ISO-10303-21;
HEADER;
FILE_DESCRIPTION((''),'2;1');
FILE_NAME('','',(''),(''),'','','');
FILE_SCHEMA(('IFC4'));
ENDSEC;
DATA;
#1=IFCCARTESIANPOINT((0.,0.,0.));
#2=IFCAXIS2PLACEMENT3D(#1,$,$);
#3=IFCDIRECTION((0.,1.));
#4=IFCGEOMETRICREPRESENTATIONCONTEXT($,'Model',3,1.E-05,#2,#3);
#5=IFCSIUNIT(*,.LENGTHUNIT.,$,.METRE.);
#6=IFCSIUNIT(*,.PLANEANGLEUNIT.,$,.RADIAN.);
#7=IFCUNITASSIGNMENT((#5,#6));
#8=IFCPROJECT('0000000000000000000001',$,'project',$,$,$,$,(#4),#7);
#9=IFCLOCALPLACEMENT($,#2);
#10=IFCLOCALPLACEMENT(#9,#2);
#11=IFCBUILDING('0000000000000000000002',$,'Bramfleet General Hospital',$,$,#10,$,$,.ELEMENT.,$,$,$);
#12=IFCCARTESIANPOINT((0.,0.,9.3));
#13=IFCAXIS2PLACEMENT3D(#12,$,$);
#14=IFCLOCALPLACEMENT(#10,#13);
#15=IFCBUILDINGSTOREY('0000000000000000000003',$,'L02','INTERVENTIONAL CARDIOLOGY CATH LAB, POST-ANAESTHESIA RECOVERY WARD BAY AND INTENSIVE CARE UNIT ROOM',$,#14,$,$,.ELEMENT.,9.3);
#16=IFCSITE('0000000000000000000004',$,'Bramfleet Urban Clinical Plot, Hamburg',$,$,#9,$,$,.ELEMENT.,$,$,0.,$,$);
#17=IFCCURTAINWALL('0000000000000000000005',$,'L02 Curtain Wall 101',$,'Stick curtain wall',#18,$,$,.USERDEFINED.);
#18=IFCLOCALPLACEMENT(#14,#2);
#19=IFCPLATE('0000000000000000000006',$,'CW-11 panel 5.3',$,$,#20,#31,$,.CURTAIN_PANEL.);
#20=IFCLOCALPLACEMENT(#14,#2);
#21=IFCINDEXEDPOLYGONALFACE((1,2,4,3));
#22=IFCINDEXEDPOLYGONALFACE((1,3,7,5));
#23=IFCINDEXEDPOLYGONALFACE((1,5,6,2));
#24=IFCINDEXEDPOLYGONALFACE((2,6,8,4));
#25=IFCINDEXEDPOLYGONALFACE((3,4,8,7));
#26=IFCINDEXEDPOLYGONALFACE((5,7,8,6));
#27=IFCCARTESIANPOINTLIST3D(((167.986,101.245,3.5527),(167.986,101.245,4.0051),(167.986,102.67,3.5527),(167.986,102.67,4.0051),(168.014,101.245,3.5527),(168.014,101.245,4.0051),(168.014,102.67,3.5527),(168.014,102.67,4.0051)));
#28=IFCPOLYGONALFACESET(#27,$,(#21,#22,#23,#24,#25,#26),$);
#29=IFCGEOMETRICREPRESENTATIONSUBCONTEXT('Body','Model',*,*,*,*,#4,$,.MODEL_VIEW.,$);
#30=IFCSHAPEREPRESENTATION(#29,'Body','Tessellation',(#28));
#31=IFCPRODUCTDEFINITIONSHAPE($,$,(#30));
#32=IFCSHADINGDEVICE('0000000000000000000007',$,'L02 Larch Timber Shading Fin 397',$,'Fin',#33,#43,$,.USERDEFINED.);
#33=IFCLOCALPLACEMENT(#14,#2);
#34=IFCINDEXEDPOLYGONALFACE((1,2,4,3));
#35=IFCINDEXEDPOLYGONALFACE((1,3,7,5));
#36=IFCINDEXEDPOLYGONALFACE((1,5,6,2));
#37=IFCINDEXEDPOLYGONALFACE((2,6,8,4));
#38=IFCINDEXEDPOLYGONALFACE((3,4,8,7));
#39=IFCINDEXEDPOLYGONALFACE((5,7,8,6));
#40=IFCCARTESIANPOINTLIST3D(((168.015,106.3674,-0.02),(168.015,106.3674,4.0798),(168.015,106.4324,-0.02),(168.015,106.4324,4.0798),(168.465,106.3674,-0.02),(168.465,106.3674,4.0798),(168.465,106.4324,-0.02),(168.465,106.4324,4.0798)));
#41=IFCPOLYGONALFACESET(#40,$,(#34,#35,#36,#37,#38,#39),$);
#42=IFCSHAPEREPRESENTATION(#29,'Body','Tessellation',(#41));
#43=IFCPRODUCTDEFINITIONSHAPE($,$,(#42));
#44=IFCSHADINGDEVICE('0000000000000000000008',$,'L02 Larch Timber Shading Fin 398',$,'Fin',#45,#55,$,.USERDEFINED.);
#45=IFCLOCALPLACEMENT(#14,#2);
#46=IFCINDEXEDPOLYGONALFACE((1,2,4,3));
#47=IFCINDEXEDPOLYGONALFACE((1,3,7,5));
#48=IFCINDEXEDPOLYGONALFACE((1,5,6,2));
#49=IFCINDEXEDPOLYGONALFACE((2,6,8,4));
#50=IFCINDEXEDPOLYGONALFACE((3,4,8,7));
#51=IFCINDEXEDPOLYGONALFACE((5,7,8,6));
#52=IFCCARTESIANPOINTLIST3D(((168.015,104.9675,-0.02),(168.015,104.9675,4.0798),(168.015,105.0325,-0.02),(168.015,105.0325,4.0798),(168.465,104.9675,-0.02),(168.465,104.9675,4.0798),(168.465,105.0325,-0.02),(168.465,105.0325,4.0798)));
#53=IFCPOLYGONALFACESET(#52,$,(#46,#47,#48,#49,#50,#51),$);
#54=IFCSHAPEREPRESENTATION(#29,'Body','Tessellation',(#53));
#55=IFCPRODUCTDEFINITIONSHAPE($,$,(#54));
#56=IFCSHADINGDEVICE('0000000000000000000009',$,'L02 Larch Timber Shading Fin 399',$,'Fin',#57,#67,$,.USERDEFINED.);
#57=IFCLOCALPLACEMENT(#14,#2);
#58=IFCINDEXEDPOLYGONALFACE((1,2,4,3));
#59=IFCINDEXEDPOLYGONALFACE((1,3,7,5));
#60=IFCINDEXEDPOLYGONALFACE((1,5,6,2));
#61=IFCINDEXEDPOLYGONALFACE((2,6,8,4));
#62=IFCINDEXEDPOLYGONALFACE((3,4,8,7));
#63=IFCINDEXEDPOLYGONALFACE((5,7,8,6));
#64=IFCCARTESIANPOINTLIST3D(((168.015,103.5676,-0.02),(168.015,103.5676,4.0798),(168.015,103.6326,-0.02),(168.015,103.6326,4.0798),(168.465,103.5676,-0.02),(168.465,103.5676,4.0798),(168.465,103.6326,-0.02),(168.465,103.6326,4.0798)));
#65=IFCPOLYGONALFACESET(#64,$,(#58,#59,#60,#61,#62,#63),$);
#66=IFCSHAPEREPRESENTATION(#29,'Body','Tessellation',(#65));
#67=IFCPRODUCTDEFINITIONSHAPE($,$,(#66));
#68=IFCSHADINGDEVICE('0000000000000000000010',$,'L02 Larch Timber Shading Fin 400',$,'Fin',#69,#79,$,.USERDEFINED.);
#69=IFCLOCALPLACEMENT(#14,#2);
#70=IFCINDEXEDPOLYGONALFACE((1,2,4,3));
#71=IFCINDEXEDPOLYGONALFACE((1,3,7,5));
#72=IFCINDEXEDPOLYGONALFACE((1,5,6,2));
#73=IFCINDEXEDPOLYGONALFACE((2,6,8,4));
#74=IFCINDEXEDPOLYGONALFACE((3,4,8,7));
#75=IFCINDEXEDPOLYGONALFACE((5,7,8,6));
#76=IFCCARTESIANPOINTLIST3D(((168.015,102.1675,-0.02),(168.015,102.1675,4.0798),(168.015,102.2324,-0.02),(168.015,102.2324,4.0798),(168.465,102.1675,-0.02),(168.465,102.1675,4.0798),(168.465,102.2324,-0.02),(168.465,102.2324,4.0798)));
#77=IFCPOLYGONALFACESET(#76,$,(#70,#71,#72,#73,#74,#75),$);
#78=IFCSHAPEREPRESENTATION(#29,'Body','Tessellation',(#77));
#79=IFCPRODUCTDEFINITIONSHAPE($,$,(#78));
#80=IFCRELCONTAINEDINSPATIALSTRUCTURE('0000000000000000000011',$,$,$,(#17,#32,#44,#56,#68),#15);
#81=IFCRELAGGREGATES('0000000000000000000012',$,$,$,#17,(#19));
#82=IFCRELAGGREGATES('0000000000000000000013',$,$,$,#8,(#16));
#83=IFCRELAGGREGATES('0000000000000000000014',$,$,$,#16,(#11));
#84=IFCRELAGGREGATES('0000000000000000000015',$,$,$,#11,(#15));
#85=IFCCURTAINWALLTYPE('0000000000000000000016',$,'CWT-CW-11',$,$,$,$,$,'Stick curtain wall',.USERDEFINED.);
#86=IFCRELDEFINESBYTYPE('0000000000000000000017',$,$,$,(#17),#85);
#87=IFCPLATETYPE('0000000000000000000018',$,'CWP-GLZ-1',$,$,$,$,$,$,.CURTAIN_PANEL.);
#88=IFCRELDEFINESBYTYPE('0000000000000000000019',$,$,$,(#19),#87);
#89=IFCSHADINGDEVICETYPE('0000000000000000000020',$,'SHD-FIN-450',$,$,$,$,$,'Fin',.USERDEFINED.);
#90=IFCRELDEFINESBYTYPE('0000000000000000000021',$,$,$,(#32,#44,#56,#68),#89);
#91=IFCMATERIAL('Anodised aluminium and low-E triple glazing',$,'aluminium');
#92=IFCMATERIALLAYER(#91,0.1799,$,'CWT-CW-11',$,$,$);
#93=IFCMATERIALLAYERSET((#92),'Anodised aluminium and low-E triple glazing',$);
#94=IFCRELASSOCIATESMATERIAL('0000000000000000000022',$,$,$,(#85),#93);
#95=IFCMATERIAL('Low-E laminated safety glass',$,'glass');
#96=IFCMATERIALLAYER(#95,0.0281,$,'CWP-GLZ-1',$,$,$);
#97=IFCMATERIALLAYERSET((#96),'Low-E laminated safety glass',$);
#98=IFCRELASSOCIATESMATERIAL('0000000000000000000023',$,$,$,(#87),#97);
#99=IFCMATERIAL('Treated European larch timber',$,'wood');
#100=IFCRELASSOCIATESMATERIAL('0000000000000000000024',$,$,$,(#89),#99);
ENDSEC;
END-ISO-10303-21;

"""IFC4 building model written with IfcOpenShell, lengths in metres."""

from ifc_helpers import new_model, si_unit, direction, frame, origin, origin_2d, place, context, subcontext, project, spatial, rectangle, extrude, material, layer, layer_set, material_profile, profile_set, type_object, element, aggregate, save


model = new_model("IFC4")

# Units and contexts
model_context = context("Model", 3, precision=1e-05, world=origin(), true_north=direction((0.0, 1.0)))
body_context = subcontext(model_context, "Body", "Model", "MODEL_VIEW")
ifc_project = project(units=[si_unit("LENGTHUNIT", "METRE"), si_unit("PLANEANGLEUNIT", "RADIAN")], contexts=[model_context])

# Site, building, storey
site_placement = place(None, origin())
site = spatial("IfcSite", under=ifc_project, at=site_placement, Name="Bramfleet Urban Clinical Plot, Hamburg", CompositionType="ELEMENT", RefElevation=0.0)
building_placement = place(site_placement, origin())
building = spatial("IfcBuilding", under=site, at=building_placement, Name="Bramfleet General Hospital", CompositionType="ELEMENT")
storey_placement = place(building_placement, frame((0.0, 0.0, 9.3)))
storey = spatial("IfcBuildingStorey", under=building, at=storey_placement, Name="L02", Description="INTERVENTIONAL CARDIOLOGY CATH LAB, POST-ANAESTHESIA RECOVERY WARD BAY AND INTENSIVE CARE UNIT ROOM", CompositionType="ELEMENT", Elevation=9.3)

# Curtain wall, plate
ifc_material_1 = material(Name="Anodised aluminium and low-E triple glazing", Category="aluminium")
ifc_layer_1 = layer(ifc_material_1, 0.1799, Name="CWT-CW-11")
ifc_layer_set_1 = layer_set([ifc_layer_1], Name="Anodised aluminium and low-E triple glazing")
curtain_wall_type = type_object("IfcCurtainWallType", Name="CWT-CW-11", ElementType="Stick curtain wall", PredefinedType="USERDEFINED", material=ifc_layer_set_1)
curtain_wall_placement = place(storey_placement, origin())
curtain_wall = element("IfcCurtainWall", 1, at=curtain_wall_placement, inside=storey, type_object=curtain_wall_type, Name="L02 Curtain Wall 101", ObjectType="Stick curtain wall", PredefinedType="USERDEFINED")
ifc_material_2 = material(Name="Low-E laminated safety glass", Category="glass")
ifc_layer_2 = layer(ifc_material_2, 0.0281, Name="CWP-GLZ-1")
ifc_layer_set_2 = layer_set([ifc_layer_2], Name="Low-E laminated safety glass")
plate_type = type_object("IfcPlateType", Name="CWP-GLZ-1", PredefinedType="CURTAIN_PANEL", material=ifc_layer_set_2)
plate_1_placement = place(storey_placement, frame((168.0, 101.9575, 3.5527), z_axis=(0.0, 0.0, 1.0), x_axis=(0.0, -1.0, 0.0)))
plate_1 = element("IfcPlate", 2, at=plate_1_placement, type_object=plate_type, Name="CW-11 panel 5.3", PredefinedType="CURTAIN_PANEL", context=body_context, shape_type="SweptSolid", body=[
    extrude(rectangle(XDim=1.425, YDim=0.0281, at=origin_2d()), origin(), (0.0, 0.0, 1.0), 0.4524),
])
aggregate(curtain_wall, [plate_1])

# Shading devices
ifc_material_3 = material(Name="Treated European larch timber", Category="wood")
ifc_material_profile_1 = material_profile(ifc_material_3, rectangle(XDim=0.0649, YDim=0.45, at=origin_2d()), Name="LARCH FIN 450x65")
ifc_profile_set_1 = profile_set([ifc_material_profile_1], Name="Treated European larch timber")
shading_device_type = type_object("IfcShadingDeviceType", Name="SHD-FIN-450", ElementType="Fin", PredefinedType="USERDEFINED", material=ifc_profile_set_1)
for number, where, z_axis, x_axis, name in (
    (3, (168.24, 106.3999, -0.02), (0.0, 0.0, 1.0), (0.0, -1.0, 0.0), "L02 Larch Timber Shading Fin 397"),
    (4, (168.24, 105.0, -0.02), (0.0, 0.0, 1.0), (0.0, -1.0, 0.0), "L02 Larch Timber Shading Fin 398"),
    (5, (168.24, 103.6001, -0.02), (0.0, 0.0, 1.0), (0.0, -1.0, 0.0), "L02 Larch Timber Shading Fin 399"),
    (6, (168.24, 102.2, -0.02), (0.0, 0.0, 1.0), (0.0, -1.0, 0.0), "L02 Larch Timber Shading Fin 400"),
):
    element("IfcShadingDevice", number, at=place(storey_placement, frame(where, z_axis=z_axis, x_axis=x_axis)), inside=storey, type_object=shading_device_type, Name=name, ObjectType="Fin", PredefinedType="USERDEFINED", context=body_context, shape_type="SweptSolid", body=[
        extrude(rectangle(XDim=0.0649, YDim=0.45, at=origin_2d()), origin(), (0.0, 0.0, 1.0), 4.0999),
    ])

save(model, "model.ifc")
